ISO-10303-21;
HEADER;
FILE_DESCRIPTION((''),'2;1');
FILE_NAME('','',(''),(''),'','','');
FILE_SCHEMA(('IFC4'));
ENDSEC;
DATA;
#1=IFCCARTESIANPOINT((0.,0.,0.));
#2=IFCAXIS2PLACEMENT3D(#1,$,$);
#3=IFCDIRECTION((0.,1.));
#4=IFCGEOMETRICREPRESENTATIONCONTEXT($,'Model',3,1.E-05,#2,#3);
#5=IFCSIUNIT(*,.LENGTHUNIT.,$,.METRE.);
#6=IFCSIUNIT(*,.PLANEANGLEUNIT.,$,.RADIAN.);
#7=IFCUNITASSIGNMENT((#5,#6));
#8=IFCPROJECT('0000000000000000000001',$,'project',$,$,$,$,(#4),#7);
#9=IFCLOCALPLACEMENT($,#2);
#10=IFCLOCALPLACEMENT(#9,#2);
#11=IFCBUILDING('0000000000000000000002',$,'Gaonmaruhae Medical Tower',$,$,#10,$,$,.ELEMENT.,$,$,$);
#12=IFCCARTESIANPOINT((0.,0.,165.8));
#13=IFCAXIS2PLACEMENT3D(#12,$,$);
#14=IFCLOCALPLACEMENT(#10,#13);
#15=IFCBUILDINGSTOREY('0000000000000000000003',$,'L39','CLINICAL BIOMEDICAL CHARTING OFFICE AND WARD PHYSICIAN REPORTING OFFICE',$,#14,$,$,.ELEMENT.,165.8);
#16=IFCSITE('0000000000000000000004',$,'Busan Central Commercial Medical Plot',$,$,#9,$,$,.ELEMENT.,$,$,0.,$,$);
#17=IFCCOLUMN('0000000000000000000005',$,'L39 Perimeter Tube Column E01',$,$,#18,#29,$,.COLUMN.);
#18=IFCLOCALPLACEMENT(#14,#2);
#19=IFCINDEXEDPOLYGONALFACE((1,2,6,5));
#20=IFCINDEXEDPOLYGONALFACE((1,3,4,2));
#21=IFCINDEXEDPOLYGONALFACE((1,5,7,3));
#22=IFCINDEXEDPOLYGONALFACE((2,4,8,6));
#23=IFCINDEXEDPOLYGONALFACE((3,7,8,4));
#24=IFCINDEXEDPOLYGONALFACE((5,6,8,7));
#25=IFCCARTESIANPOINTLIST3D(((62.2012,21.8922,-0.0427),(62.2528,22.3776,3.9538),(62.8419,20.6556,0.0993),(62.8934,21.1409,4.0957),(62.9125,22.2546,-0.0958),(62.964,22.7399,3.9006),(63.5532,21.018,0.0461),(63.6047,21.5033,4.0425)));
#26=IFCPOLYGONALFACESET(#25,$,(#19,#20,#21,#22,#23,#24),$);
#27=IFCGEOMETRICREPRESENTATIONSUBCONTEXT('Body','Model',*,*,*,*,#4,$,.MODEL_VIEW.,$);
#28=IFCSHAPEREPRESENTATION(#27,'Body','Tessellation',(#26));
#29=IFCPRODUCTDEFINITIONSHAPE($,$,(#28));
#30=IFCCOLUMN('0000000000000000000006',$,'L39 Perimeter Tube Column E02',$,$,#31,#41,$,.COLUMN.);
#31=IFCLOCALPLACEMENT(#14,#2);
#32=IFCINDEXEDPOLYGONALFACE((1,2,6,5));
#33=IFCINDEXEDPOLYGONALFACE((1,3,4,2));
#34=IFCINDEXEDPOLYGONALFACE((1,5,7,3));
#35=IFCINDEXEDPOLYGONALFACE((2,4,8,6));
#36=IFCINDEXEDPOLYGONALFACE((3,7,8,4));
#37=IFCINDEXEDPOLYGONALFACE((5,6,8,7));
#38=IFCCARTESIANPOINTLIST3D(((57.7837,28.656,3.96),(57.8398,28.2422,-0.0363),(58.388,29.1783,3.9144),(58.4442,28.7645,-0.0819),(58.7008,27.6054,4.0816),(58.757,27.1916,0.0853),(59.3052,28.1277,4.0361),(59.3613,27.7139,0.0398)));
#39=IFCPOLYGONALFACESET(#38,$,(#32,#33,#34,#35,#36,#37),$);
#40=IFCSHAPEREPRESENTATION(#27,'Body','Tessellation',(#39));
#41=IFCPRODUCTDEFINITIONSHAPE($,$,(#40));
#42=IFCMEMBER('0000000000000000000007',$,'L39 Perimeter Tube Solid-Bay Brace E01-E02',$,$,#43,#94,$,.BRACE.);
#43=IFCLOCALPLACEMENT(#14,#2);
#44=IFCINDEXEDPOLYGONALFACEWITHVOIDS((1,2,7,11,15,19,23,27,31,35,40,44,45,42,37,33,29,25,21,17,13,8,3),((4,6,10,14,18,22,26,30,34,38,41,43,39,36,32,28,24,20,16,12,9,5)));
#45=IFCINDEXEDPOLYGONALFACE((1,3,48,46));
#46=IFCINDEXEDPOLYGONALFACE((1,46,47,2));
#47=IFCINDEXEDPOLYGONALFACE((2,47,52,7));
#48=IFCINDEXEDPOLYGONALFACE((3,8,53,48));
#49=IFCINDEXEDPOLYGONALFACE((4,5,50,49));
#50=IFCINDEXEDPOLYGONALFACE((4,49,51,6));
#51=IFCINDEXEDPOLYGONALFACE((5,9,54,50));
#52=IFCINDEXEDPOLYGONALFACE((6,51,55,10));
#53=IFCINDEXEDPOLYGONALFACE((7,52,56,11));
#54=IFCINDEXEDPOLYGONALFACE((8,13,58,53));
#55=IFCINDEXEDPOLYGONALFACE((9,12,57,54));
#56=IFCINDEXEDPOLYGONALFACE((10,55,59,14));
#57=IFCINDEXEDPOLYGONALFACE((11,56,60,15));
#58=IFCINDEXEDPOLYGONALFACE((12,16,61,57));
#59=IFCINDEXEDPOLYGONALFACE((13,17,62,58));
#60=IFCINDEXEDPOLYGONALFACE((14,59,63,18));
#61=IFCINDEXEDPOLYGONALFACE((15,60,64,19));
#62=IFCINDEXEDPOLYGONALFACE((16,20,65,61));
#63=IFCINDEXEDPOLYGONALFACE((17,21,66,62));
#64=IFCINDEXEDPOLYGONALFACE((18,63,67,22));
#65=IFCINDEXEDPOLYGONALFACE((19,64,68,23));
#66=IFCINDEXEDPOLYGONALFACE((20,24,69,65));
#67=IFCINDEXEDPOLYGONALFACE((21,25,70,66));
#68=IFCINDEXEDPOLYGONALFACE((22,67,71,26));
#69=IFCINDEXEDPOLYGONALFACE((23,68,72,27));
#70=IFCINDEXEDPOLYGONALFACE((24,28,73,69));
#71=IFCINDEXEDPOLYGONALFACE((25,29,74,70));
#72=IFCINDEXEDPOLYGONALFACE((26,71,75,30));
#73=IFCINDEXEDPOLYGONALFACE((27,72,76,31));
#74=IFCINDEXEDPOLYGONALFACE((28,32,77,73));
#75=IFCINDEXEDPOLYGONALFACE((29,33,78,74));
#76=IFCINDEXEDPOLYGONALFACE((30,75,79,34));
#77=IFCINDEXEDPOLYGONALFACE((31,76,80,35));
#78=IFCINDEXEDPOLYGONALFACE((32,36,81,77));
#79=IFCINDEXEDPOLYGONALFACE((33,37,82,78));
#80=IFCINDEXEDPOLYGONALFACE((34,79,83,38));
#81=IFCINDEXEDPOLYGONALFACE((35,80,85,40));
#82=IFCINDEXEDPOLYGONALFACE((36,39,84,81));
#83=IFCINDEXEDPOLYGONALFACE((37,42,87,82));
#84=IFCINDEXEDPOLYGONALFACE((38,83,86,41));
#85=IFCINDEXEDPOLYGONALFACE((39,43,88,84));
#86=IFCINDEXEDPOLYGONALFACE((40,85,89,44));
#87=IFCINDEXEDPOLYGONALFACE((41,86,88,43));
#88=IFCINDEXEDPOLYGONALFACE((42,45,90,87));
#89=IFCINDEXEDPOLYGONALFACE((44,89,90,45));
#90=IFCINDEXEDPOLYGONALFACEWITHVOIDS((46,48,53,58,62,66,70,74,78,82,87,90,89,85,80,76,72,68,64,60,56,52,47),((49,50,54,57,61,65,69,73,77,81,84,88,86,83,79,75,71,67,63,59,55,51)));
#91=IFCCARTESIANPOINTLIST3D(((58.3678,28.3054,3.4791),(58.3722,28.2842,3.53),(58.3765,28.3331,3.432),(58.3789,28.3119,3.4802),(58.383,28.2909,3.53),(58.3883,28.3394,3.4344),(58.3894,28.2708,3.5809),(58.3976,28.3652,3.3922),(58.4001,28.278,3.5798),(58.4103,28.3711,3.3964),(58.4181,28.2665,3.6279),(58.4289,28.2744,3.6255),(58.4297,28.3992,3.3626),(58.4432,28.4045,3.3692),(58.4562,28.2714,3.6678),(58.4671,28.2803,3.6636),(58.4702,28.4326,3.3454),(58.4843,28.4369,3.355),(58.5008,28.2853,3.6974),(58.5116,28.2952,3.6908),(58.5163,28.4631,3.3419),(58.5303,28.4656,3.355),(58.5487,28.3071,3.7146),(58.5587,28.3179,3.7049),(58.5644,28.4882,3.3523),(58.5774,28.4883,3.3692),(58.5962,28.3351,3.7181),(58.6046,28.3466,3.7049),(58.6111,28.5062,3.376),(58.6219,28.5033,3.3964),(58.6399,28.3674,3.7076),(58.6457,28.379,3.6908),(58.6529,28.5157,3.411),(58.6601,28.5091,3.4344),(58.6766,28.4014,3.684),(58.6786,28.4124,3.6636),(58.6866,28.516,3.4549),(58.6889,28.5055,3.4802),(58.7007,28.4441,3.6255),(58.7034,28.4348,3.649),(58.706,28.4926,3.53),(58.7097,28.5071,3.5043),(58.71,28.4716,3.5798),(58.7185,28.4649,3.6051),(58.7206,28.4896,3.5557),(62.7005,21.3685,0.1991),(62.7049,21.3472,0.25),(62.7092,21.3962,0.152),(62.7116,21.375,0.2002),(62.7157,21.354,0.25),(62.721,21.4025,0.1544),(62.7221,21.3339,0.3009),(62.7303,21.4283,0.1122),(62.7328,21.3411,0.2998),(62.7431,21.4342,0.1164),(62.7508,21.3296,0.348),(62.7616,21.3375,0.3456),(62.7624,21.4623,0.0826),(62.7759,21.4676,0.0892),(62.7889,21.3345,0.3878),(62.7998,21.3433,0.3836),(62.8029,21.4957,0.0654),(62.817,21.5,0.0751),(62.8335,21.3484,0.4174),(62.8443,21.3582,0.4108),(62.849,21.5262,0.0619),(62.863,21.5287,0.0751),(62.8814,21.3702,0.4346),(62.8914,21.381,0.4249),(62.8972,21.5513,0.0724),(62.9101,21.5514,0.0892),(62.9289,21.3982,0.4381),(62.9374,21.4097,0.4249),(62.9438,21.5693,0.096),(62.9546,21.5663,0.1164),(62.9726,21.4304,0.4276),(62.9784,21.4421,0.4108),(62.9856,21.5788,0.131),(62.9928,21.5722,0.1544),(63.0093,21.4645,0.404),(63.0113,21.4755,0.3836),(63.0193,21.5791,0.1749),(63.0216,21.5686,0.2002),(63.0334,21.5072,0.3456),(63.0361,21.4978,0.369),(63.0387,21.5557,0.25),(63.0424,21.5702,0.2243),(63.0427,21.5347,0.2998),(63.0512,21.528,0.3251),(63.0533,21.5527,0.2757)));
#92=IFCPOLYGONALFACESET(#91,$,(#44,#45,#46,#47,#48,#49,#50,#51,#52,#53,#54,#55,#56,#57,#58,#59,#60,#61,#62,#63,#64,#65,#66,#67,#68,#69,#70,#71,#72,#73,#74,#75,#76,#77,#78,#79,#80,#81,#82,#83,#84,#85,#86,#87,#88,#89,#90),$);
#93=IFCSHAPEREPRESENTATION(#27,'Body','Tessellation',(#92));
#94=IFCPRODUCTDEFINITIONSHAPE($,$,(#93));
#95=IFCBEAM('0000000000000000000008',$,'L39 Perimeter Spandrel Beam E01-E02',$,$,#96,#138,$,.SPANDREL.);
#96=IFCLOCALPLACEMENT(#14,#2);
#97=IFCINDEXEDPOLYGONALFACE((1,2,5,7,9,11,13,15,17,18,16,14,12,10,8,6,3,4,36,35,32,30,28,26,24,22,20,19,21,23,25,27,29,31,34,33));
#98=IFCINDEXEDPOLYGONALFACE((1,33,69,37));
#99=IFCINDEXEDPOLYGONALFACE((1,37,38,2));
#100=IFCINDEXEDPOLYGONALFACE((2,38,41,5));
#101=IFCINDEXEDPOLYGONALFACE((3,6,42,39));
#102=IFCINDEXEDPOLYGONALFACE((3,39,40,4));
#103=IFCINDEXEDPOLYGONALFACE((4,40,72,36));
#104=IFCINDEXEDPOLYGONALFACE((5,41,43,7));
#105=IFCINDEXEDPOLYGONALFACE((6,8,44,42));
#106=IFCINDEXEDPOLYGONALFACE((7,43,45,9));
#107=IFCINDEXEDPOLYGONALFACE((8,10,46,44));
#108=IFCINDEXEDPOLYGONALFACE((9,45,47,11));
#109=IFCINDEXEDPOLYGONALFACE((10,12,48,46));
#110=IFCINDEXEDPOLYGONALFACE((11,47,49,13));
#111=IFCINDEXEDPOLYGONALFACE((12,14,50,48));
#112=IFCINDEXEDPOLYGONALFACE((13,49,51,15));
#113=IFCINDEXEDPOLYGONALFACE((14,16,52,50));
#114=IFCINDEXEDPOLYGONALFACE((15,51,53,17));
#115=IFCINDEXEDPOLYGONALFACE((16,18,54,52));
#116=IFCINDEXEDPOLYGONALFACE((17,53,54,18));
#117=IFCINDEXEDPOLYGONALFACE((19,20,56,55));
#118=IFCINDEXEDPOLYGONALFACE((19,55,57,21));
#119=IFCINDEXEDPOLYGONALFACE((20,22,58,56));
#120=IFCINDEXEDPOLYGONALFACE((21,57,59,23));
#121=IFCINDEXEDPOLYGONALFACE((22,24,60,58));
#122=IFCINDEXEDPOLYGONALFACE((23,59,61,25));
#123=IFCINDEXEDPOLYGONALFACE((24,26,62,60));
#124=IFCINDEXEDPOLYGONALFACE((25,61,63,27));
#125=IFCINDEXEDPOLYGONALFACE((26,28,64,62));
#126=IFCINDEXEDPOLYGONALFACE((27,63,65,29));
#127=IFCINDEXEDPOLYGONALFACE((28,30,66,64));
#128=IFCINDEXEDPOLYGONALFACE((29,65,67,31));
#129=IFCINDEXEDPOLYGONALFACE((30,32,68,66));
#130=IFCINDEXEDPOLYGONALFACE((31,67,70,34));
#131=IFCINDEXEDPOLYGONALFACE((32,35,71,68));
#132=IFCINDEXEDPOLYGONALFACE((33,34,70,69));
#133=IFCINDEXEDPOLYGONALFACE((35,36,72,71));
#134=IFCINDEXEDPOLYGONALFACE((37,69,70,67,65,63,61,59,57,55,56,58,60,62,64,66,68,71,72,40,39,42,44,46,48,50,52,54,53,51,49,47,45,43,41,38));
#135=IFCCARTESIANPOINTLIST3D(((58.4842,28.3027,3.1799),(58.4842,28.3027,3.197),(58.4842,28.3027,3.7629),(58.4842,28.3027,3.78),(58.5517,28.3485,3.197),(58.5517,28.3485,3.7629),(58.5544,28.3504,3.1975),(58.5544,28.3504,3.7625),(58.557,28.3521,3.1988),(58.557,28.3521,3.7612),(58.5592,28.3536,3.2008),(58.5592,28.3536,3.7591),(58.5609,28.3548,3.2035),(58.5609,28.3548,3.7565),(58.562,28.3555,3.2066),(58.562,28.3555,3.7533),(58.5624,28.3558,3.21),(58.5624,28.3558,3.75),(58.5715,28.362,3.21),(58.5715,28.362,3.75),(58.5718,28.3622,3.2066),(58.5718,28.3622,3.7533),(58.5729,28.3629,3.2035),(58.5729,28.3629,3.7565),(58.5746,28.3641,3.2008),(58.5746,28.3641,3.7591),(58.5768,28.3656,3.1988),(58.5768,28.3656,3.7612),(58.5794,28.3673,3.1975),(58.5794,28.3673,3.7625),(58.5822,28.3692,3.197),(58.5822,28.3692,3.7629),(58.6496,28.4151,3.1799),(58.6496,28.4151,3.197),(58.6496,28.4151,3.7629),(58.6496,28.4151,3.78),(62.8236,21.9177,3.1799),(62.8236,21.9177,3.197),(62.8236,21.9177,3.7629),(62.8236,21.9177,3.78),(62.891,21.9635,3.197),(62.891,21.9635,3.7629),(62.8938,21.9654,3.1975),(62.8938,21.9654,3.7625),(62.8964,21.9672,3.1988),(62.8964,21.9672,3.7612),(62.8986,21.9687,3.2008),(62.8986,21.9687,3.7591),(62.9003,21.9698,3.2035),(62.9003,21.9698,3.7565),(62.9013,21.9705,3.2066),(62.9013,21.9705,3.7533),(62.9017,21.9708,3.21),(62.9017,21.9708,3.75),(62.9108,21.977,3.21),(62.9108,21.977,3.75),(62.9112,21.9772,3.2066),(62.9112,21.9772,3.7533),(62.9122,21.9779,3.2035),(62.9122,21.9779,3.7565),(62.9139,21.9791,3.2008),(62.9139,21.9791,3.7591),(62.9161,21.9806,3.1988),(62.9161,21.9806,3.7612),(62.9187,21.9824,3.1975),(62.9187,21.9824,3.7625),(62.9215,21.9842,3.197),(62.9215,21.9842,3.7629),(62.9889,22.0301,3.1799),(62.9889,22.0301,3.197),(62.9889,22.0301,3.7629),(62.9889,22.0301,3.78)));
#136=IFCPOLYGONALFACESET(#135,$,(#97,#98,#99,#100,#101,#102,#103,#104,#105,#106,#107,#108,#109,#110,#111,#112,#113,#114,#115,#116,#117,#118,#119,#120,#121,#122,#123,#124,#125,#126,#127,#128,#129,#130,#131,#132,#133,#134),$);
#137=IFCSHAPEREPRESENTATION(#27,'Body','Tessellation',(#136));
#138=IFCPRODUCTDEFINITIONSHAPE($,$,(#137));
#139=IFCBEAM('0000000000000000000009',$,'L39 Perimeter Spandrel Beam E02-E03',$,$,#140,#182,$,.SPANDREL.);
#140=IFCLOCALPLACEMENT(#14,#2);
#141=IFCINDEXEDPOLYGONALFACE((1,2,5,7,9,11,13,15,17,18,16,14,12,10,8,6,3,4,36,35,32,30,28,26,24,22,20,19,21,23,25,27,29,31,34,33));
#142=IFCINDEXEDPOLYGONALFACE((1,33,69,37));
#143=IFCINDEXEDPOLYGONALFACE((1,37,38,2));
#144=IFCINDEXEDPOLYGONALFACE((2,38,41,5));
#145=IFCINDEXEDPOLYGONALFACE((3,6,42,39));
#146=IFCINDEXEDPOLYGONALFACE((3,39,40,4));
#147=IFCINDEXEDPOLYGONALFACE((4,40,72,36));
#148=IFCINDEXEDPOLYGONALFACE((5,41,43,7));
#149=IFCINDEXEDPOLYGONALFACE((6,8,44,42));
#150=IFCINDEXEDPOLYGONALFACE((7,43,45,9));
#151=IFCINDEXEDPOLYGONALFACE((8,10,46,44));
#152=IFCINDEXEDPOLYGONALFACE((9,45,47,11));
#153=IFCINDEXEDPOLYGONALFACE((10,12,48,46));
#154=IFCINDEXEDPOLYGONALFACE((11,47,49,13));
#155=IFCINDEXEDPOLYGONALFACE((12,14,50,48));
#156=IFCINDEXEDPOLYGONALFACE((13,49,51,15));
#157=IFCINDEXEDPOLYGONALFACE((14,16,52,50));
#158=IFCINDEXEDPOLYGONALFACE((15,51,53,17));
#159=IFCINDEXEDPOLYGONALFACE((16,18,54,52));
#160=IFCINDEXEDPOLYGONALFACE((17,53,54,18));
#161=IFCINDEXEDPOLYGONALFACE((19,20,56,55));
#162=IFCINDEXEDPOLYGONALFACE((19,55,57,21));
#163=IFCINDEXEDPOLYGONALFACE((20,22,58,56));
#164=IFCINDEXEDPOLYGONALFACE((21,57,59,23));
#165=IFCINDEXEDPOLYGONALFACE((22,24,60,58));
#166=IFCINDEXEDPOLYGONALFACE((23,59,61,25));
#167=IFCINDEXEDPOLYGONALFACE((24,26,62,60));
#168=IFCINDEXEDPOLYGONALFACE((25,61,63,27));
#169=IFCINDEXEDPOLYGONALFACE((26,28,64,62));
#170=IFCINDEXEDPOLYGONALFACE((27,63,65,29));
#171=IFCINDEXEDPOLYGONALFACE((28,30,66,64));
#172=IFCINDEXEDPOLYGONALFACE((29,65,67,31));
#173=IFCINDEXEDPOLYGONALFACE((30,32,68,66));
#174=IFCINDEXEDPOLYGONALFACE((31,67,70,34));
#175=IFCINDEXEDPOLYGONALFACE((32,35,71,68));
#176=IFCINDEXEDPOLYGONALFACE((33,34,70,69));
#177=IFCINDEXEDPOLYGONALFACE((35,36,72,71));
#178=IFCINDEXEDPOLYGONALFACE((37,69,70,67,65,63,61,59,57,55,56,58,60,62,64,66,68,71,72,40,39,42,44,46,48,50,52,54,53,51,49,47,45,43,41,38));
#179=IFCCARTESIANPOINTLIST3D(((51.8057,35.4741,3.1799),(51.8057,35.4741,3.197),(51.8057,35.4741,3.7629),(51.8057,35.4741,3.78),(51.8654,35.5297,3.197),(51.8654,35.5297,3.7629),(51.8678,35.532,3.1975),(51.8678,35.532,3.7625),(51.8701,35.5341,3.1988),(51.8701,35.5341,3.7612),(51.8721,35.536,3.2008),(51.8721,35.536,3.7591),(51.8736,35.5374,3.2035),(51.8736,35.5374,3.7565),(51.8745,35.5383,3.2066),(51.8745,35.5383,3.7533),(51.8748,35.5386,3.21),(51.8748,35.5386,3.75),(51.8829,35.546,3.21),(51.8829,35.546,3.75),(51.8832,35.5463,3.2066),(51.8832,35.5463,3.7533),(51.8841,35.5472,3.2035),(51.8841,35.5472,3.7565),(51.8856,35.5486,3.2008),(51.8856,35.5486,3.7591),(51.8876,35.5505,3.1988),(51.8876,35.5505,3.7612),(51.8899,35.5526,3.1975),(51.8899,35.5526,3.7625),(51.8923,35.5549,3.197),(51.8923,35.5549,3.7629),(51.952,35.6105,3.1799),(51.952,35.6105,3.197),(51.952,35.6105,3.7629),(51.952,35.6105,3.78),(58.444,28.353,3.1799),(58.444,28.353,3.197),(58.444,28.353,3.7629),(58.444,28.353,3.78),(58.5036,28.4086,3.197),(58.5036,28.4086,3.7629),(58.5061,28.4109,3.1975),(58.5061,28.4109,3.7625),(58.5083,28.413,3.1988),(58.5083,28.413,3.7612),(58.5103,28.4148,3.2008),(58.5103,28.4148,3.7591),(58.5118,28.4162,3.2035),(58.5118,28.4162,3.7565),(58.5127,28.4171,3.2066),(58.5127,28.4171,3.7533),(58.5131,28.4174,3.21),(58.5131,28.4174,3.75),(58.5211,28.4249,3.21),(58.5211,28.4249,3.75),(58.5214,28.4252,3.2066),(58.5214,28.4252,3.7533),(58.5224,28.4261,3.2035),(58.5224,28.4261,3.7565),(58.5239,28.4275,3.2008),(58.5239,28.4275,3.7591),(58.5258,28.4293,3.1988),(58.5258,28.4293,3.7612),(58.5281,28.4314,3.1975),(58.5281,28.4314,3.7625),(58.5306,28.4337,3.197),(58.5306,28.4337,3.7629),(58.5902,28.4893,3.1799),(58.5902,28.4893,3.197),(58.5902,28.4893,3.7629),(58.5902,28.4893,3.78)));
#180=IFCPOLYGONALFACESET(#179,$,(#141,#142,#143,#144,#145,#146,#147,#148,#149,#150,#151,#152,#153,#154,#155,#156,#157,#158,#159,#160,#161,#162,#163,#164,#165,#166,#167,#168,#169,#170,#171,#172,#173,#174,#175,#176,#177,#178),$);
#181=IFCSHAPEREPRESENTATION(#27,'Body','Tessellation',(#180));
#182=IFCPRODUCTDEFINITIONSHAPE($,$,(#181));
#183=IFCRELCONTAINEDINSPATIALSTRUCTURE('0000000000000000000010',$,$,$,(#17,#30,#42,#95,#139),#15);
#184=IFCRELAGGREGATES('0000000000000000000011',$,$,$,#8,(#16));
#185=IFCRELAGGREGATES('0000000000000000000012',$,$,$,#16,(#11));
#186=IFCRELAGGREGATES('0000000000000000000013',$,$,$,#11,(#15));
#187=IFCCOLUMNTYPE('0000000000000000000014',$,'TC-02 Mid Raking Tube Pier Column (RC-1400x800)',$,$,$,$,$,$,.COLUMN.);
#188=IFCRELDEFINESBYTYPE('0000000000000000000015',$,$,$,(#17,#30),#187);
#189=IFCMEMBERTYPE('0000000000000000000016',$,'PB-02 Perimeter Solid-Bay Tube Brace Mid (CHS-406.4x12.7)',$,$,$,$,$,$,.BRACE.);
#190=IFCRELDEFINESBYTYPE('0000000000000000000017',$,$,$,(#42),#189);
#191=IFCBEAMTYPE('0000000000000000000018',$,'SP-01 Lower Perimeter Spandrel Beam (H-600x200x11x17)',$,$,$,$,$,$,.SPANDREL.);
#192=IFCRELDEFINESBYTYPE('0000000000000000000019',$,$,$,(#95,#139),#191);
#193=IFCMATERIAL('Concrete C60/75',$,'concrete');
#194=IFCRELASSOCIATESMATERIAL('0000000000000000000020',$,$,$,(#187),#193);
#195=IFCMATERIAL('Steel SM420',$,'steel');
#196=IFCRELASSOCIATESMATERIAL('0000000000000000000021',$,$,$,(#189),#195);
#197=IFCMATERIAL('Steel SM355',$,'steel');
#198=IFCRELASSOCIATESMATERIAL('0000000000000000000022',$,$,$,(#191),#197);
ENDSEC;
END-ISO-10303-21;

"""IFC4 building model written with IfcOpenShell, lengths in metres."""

from ifc_helpers import new_model, si_unit, direction, frame, origin, origin_2d, place, context, subcontext, project, spatial, rectangle, hollow_circle, i_section, extrude, material, material_profile, profile_set, type_object, element, save


model = new_model("IFC4")

# Units and contexts
model_context = context("Model", 3, precision=1e-05, world=origin(), true_north=direction((0.0, 1.0)))
body_context = subcontext(model_context, "Body", "Model", "MODEL_VIEW")
ifc_project = project(units=[si_unit("LENGTHUNIT", "METRE"), si_unit("PLANEANGLEUNIT", "RADIAN")], contexts=[model_context])

# Site, building, storey
site_placement = place(None, origin())
site = spatial("IfcSite", under=ifc_project, at=site_placement, Name="Busan Central Commercial Medical Plot", CompositionType="ELEMENT", RefElevation=0.0)
building_placement = place(site_placement, origin())
building = spatial("IfcBuilding", under=site, at=building_placement, Name="Gaonmaruhae Medical Tower", CompositionType="ELEMENT")
storey_placement = place(building_placement, frame((0.0, 0.0, 165.8)))
storey = spatial("IfcBuildingStorey", under=building, at=storey_placement, Name="L39", Description="CLINICAL BIOMEDICAL CHARTING OFFICE AND WARD PHYSICIAN REPORTING OFFICE", CompositionType="ELEMENT", Elevation=165.8)

# Columns
ifc_material_1 = material(Name="Concrete C60/75", Category="concrete")
ifc_material_profile_1 = material_profile(ifc_material_1, rectangle(XDim=1.3999, YDim=0.8, at=origin_2d()), Name="RC-1400x800")
ifc_profile_set_1 = profile_set([ifc_material_profile_1], Name="Concrete C60/75")
column_type = type_object("IfcColumnType", Name="TC-02 Mid Raking Tube Pier Column (RC-1400x800)", PredefinedType="COLUMN", material=ifc_profile_set_1)
column_1_placement = place(storey_placement, frame((62.8772, 21.4551, 0.0017), z_axis=(0.012795, 0.120553, 0.992624), x_axis=(0.457617, -0.883351, 0.101383)))
element("IfcColumn", 1, at=column_1_placement, inside=storey, type_object=column_type, Name="L39 Perimeter Tube Column E01", PredefinedType="COLUMN", context=body_context, shape_type="SweptSolid", body=[
    extrude(rectangle(XDim=1.3999, YDim=0.8, at=origin_2d()), origin(), (0.0, 0.0, 1.0), 4.0261),
])
column_2_placement = place(storey_placement, frame((58.6006, 27.978, 0.0017), z_axis=(-0.013975, 0.102989, 0.994584), x_axis=(0.655153, -0.75048, 0.086917)))
element("IfcColumn", 2, at=column_2_placement, inside=storey, type_object=column_type, Name="L39 Perimeter Tube Column E02", PredefinedType="COLUMN", context=body_context, shape_type="SweptSolid", body=[
    extrude(rectangle(XDim=1.3999, YDim=0.8, at=origin_2d()), origin(), (0.0, 0.0, 1.0), 4.0181),
])

# Member
ifc_material_2 = material(Name="Steel SM420", Category="steel")
ifc_material_profile_2 = material_profile(ifc_material_2, hollow_circle(Radius=0.2031, WallThickness=0.0127, at=origin_2d()), Name="CHS-406.4x12.7")
ifc_profile_set_2 = profile_set([ifc_material_profile_2], Name="Steel SM420")
member_type = type_object("IfcMemberType", Name="PB-02 Perimeter Solid-Bay Tube Brace Mid (CHS-406.4x12.7)", PredefinedType="BRACE", material=ifc_profile_set_2)
member_placement = place(storey_placement, frame((62.8772, 21.4548, 0.25), z_axis=(-0.491682, 0.787212, 0.372218), x_axis=(-0.848156, -0.529747, 0.0)))
element("IfcMember", 3, at=member_placement, inside=storey, type_object=member_type, Name="L39 Perimeter Tube Solid-Bay Brace E01-E02", PredefinedType="BRACE", context=body_context, shape_type="SweptSolid", body=[
    extrude(hollow_circle(Radius=0.2031, WallThickness=0.0127, at=origin_2d()), origin(), (0.0, 0.0, 1.0), 8.812),
])

# Beams
ifc_material_3 = material(Name="Steel SM355", Category="steel")
ifc_material_profile_3 = material_profile(ifc_material_3, i_section(OverallWidth=0.2, OverallDepth=0.6001, WebThickness=0.011, FlangeThickness=0.0171, FilletRadius=0.0129, at=origin_2d()), Name="H-600x200x11x17")
ifc_profile_set_3 = profile_set([ifc_material_profile_3], Name="Steel SM355")
beam_type = type_object("IfcBeamType", Name="SP-01 Lower Perimeter Spandrel Beam (H-600x200x11x17)", PredefinedType="SPANDREL", material=ifc_profile_set_3)
beam_1_placement = place(storey_placement, frame((62.9062, 21.9739, 3.48), z_axis=(-0.562093, 0.827074, 0.0), x_axis=(-0.827074, -0.562093, 0.0)))
element("IfcBeam", 4, at=beam_1_placement, inside=storey, type_object=beam_type, Name="L39 Perimeter Spandrel Beam E01-E02", PredefinedType="SPANDREL", context=body_context, shape_type="SweptSolid", body=[
    extrude(i_section(OverallWidth=0.2, OverallDepth=0.6001, WebThickness=0.011, FlangeThickness=0.0171, FilletRadius=0.0129, at=origin_2d()), origin(), (0.0, 0.0, 1.0), 7.72),
])
beam_2_placement = place(storey_placement, frame((58.5171, 28.4211, 3.48), z_axis=(-0.68187, 0.731474, 0.0), x_axis=(-0.731474, -0.68187, 0.0)))
element("IfcBeam", 5, at=beam_2_placement, inside=storey, type_object=beam_type, Name="L39 Perimeter Spandrel Beam E02-E03", PredefinedType="SPANDREL", context=body_context, shape_type="SweptSolid", body=[
    extrude(i_section(OverallWidth=0.2, OverallDepth=0.6001, WebThickness=0.011, FlangeThickness=0.0171, FilletRadius=0.0129, at=origin_2d()), origin(), (0.0, 0.0, 1.0), 9.7354),
])

save(model, "model.ifc")
